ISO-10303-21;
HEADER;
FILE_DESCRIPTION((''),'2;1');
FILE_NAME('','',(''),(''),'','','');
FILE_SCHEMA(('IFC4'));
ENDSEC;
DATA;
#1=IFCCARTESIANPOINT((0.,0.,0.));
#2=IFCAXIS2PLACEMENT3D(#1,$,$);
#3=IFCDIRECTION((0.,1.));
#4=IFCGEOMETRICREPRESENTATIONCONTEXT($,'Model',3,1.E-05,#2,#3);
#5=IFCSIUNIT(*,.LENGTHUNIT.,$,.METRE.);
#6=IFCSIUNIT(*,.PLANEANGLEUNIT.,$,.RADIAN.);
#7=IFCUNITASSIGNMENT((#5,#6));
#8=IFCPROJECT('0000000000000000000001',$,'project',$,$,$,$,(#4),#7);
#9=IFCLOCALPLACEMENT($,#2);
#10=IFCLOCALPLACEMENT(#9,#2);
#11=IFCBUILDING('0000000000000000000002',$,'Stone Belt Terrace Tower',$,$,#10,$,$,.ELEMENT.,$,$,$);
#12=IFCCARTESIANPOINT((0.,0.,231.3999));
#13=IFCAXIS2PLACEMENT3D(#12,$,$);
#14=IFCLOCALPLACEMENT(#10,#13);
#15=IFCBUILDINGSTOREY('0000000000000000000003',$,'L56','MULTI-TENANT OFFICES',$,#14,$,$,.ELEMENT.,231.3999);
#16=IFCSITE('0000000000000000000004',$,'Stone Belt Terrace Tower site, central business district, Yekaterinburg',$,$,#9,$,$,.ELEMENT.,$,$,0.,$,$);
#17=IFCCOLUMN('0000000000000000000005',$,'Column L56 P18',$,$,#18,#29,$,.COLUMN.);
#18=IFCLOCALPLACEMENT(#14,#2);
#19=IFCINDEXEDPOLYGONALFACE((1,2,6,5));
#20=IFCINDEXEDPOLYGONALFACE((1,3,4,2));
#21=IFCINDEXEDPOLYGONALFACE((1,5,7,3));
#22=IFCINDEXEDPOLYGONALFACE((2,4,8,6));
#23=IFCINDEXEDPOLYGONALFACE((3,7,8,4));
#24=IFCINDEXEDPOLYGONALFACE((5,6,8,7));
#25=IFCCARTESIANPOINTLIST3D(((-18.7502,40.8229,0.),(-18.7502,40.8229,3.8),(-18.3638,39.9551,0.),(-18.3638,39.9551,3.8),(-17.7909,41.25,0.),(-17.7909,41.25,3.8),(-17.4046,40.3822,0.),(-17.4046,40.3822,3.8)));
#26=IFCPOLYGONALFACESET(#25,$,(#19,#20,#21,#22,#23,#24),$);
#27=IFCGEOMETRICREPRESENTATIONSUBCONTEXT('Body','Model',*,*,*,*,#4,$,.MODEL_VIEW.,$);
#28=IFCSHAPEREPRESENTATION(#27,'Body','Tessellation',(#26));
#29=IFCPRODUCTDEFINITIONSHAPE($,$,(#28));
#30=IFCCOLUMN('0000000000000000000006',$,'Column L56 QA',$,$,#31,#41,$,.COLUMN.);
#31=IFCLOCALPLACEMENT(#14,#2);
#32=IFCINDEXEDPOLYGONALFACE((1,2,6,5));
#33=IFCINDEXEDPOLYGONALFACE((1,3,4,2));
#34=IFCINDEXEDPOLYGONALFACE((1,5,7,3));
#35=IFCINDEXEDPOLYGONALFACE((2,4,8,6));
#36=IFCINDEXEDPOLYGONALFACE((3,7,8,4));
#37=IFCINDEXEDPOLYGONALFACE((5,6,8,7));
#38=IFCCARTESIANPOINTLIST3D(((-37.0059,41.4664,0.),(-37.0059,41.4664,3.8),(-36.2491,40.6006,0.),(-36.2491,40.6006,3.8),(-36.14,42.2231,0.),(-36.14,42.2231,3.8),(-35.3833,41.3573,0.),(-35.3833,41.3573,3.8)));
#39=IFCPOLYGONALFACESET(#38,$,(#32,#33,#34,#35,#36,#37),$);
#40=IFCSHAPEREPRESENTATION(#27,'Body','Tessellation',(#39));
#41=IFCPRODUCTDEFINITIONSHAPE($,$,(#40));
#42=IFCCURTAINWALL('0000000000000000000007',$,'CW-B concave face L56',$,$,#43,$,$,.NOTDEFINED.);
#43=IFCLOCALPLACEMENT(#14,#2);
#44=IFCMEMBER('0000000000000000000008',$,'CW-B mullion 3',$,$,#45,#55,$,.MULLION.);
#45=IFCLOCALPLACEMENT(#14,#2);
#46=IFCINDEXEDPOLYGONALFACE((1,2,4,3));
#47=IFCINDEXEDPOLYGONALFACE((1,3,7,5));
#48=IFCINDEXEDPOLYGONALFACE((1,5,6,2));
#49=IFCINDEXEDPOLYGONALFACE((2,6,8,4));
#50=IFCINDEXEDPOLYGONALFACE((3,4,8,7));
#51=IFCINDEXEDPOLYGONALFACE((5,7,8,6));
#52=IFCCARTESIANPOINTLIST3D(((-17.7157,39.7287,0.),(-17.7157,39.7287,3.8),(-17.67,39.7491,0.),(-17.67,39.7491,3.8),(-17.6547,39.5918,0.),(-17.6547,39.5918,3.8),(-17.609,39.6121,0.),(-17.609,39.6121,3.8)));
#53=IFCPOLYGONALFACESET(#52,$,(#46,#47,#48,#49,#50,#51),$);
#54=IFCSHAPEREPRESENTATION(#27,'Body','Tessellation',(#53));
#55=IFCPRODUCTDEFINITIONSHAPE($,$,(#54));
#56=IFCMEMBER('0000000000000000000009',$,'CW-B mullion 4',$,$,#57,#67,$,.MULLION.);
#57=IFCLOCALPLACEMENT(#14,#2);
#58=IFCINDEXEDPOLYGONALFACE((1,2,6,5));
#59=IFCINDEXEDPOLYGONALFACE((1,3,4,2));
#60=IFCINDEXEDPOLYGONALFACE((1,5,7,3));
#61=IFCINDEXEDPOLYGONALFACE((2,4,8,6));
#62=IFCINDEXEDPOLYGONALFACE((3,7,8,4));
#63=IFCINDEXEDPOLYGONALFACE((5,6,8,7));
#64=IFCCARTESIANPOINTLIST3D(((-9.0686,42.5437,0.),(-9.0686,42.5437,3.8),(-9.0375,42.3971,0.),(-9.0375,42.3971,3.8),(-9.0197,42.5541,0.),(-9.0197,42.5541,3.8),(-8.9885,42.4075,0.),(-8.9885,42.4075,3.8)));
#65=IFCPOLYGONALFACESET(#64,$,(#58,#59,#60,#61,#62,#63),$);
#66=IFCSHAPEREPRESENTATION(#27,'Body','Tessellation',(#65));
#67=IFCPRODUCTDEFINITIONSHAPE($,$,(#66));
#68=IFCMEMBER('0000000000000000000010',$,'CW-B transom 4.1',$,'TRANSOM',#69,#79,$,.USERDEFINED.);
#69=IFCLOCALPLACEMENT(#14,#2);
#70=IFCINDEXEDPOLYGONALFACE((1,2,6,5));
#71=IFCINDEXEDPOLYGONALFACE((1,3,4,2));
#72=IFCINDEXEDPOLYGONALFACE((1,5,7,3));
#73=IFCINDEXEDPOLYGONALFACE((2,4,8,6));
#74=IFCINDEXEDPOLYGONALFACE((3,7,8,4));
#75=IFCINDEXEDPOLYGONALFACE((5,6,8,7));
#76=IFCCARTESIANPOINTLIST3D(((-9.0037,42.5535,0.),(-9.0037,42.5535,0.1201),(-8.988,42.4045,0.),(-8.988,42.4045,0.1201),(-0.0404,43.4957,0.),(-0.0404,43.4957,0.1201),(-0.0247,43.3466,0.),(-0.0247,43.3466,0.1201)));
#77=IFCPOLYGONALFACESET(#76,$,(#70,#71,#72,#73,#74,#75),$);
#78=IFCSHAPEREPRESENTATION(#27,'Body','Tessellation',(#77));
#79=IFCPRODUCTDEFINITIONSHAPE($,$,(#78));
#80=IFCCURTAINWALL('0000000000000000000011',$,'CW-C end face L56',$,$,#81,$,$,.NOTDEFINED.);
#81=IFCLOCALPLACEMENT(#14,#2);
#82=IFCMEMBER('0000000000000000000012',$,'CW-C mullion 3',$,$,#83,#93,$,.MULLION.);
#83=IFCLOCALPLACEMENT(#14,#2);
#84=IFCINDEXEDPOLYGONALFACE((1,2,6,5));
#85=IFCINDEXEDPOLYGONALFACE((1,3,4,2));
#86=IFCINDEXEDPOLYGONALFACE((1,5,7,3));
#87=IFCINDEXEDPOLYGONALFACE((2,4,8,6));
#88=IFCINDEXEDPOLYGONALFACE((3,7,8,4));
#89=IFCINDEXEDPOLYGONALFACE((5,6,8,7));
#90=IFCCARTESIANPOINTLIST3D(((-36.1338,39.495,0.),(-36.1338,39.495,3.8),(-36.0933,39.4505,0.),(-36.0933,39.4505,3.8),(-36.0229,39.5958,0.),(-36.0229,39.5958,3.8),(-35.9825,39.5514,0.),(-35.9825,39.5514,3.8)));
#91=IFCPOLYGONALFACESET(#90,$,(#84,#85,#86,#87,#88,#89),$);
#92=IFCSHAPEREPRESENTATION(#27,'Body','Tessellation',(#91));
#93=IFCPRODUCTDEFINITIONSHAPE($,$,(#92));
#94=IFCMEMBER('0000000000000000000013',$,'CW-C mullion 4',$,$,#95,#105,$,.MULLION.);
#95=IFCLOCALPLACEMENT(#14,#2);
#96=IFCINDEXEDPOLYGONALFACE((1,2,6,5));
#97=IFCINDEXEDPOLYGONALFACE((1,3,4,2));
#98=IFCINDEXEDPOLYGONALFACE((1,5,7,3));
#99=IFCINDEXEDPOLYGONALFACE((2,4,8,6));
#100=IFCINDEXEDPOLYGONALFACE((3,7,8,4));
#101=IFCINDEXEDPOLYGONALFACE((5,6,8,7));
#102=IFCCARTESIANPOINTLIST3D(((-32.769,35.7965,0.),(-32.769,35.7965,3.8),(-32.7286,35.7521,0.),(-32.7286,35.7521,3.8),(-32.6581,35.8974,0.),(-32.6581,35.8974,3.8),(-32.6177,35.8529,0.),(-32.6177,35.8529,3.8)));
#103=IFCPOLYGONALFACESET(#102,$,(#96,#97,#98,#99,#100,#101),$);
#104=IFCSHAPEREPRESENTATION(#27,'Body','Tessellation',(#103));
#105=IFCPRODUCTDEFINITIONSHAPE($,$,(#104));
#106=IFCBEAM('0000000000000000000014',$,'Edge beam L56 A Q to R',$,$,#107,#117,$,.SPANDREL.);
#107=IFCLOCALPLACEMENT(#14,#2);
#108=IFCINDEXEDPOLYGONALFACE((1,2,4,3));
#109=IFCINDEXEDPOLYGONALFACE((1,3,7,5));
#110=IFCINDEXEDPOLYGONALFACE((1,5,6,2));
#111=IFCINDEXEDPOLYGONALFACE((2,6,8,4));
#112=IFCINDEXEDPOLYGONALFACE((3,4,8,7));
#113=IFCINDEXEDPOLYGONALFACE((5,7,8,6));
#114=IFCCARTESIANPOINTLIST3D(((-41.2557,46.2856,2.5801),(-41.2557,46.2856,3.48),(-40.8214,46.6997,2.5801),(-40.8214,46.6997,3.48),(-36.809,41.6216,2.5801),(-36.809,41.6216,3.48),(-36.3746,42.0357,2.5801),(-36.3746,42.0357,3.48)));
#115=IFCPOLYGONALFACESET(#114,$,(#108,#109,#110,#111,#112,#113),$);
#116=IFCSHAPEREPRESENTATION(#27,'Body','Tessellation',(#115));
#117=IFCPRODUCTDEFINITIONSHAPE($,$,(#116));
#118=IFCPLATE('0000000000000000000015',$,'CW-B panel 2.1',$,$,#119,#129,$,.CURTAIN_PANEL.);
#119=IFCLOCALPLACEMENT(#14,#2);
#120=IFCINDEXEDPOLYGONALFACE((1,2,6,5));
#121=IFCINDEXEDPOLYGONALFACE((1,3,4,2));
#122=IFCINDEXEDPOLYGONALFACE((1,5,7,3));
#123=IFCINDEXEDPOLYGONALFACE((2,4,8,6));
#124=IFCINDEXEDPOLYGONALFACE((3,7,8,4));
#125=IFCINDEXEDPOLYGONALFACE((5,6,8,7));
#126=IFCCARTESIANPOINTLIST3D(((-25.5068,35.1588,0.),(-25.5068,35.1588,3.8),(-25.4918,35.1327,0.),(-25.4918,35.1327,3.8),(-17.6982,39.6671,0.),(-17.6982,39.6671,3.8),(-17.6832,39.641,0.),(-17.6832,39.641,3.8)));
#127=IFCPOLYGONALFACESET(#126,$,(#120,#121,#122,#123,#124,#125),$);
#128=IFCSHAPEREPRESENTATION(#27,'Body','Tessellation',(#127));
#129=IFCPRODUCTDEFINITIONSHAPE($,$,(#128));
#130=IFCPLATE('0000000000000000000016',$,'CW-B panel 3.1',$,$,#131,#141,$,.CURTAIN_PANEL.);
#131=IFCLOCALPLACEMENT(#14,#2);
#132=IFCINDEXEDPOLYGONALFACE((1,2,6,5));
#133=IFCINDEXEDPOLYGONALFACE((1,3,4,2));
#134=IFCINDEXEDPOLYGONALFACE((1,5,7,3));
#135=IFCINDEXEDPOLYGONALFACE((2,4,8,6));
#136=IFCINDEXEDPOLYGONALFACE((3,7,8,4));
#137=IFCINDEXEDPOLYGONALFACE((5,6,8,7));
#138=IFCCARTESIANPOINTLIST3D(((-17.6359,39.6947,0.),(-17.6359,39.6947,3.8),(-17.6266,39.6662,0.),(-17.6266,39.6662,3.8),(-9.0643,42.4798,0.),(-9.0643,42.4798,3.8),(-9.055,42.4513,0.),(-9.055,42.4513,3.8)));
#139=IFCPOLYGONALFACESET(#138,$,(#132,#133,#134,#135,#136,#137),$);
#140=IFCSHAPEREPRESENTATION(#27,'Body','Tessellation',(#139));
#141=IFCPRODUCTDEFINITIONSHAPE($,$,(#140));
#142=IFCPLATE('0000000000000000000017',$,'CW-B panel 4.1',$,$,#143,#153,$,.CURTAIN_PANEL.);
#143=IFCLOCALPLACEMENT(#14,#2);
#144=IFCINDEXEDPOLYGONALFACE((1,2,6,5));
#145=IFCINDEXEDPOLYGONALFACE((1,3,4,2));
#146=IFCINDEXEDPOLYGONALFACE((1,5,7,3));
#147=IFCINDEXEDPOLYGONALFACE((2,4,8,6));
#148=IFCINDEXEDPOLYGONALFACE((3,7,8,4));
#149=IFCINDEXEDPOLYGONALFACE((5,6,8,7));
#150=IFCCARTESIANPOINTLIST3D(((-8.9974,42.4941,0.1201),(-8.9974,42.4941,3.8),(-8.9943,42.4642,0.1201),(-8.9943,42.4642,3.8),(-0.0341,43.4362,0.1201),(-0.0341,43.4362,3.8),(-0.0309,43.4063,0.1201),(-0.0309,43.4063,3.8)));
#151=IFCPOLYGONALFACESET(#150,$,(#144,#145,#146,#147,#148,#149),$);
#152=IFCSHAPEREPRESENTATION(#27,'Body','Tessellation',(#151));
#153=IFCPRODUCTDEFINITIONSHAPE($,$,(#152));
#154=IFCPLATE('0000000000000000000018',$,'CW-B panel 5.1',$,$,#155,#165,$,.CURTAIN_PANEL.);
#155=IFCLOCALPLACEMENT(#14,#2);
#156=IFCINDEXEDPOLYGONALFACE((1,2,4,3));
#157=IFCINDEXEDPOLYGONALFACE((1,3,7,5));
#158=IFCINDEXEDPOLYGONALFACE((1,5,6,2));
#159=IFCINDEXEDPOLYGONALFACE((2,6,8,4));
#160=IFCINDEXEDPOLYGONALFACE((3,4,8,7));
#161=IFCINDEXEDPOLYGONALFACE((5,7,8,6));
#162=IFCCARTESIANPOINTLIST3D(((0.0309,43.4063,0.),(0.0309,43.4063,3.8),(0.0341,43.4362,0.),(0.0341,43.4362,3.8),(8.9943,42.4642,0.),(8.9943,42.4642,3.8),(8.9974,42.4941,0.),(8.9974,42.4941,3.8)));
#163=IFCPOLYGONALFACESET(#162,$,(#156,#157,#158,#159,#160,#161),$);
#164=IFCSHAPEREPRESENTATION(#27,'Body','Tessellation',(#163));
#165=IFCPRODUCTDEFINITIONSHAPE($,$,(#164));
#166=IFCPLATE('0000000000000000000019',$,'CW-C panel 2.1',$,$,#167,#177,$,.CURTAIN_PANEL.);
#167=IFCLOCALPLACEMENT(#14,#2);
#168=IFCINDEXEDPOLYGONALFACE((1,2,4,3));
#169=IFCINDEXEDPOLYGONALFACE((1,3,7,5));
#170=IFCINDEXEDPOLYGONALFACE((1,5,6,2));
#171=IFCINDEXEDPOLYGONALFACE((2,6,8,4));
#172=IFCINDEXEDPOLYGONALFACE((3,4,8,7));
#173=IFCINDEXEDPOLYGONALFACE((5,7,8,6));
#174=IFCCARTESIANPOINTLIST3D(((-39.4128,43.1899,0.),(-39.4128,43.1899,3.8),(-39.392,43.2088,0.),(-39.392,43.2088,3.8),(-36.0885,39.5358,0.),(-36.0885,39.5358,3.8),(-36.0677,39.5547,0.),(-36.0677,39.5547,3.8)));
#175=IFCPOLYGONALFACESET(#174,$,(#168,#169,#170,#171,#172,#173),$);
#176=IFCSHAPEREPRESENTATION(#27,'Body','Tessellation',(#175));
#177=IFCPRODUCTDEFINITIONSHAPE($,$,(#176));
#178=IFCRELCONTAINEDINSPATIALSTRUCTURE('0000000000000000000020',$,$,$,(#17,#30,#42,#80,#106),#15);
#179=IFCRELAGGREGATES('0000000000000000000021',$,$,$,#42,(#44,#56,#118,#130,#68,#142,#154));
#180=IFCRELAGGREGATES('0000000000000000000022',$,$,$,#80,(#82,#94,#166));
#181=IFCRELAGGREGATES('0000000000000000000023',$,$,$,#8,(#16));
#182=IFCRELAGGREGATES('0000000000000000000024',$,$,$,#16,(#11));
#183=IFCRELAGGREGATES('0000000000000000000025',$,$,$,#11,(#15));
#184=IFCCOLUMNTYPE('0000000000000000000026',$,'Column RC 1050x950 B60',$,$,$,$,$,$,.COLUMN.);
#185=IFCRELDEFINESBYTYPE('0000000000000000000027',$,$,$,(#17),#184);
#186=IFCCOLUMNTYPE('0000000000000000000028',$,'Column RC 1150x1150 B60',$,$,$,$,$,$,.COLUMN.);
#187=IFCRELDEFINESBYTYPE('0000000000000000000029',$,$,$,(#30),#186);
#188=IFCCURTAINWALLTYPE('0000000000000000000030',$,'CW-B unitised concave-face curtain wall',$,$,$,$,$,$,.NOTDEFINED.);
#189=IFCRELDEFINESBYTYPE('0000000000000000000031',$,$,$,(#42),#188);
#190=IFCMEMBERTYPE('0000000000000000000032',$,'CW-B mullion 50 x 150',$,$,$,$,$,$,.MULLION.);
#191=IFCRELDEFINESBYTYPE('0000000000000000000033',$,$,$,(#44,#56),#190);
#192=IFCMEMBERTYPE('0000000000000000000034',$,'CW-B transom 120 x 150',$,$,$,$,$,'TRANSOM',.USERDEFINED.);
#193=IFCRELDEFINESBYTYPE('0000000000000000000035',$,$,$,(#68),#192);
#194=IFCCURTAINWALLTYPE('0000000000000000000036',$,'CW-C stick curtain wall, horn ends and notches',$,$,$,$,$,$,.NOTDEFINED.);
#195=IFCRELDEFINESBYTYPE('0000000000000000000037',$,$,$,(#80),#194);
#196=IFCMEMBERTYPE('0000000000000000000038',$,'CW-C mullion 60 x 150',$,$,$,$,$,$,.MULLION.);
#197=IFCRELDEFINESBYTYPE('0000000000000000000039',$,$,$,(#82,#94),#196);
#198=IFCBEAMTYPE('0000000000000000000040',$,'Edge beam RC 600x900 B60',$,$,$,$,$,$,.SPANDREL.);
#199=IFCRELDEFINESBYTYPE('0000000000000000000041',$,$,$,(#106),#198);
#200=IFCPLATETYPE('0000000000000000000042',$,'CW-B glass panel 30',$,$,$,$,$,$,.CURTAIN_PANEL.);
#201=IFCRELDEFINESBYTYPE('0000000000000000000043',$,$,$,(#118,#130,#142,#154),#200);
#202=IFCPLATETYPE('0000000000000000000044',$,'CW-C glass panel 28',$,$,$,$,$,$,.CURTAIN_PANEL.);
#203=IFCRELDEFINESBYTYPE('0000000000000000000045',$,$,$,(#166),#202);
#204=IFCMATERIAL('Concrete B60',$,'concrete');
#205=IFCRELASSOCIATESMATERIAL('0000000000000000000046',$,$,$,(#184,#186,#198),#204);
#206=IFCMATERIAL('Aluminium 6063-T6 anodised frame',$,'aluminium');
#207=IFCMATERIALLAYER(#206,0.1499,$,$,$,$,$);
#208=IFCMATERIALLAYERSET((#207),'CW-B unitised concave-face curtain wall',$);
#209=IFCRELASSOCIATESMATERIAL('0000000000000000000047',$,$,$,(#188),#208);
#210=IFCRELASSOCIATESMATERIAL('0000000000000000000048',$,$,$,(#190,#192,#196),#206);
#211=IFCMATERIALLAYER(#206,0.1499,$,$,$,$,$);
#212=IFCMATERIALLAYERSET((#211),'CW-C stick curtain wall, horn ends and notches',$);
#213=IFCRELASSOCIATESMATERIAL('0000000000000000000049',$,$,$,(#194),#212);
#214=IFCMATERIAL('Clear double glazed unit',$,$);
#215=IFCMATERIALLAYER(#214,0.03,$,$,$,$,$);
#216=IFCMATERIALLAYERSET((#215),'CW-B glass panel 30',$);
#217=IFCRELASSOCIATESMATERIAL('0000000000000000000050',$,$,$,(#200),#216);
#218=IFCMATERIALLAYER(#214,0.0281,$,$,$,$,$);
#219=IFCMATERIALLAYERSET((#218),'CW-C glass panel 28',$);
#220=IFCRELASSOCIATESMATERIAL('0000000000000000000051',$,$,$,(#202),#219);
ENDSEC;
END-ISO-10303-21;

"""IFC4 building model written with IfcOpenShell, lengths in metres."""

from ifc_helpers import new_model, si_unit, direction, frame, origin, origin_2d, place, context, subcontext, project, spatial, rectangle, extrude, material, layer, layer_set, material_profile, profile_set, type_object, element, aggregate, save


model = new_model("IFC4")

# Units and contexts
model_context = context("Model", 3, precision=1e-05, world=origin(), true_north=direction((0.0, 1.0)))
body_context = subcontext(model_context, "Body", "Model", "MODEL_VIEW")
ifc_project = project(units=[si_unit("LENGTHUNIT", "METRE"), si_unit("PLANEANGLEUNIT", "RADIAN")], contexts=[model_context])

# Site, building, storey
site_placement = place(None, origin())
site = spatial("IfcSite", under=ifc_project, at=site_placement, Name="Stone Belt Terrace Tower site, central business district, Yekaterinburg", CompositionType="ELEMENT", RefElevation=0.0)
building_placement = place(site_placement, origin())
building = spatial("IfcBuilding", under=site, at=building_placement, Name="Stone Belt Terrace Tower", CompositionType="ELEMENT")
storey_placement = place(building_placement, frame((0.0, 0.0, 231.3999)))
storey = spatial("IfcBuildingStorey", under=building, at=storey_placement, Name="L56", Description="MULTI-TENANT OFFICES", CompositionType="ELEMENT", Elevation=231.3999)

# Columns
ifc_material_1 = material(Name="Concrete B60", Category="concrete")
ifc_material_profile_1 = material_profile(ifc_material_1, rectangle(XDim=1.05, YDim=0.95, at=origin_2d()), Name="RC 1050x950")
ifc_profile_set_1 = profile_set([ifc_material_profile_1], Name="Concrete B60")
column_type_1 = type_object("IfcColumnType", Name="Column RC 1050x950 B60", PredefinedType="COLUMN", material=ifc_profile_set_1)
column_1_placement = place(storey_placement, frame((-18.0774, 40.6025, 0.0), z_axis=(0.0, 0.0, 1.0), x_axis=(0.913545, 0.406737, 0.0)))
element("IfcColumn", 1, at=column_1_placement, inside=storey, type_object=column_type_1, Name="Column L56 P18", PredefinedType="COLUMN", context=body_context, shape_type="SweptSolid", body=[
    extrude(rectangle(XDim=1.05, YDim=0.95, at=origin_2d()), origin(), (0.0, 0.0, 1.0), 3.8),
])
ifc_material_profile_2 = material_profile(ifc_material_1, rectangle(XDim=1.1499, YDim=1.1499, at=origin_2d()), Name="RC 1150x1150")
ifc_profile_set_2 = profile_set([ifc_material_profile_2], Name="Concrete B60")
column_type_2 = type_object("IfcColumnType", Name="Column RC 1150x1150 B60", PredefinedType="COLUMN", material=ifc_profile_set_2)
column_2_placement = place(storey_placement, frame((-36.1946, 41.4119, 0.0), z_axis=(0.0, 0.0, 1.0), x_axis=(0.752943, 0.658085, 0.0)))
element("IfcColumn", 2, at=column_2_placement, inside=storey, type_object=column_type_2, Name="Column L56 QA", PredefinedType="COLUMN", context=body_context, shape_type="SweptSolid", body=[
    extrude(rectangle(XDim=1.1499, YDim=1.1499, at=origin_2d()), origin(), (0.0, 0.0, 1.0), 3.8),
])

# Curtain walls, members
ifc_material_2 = material(Name="Aluminium 6063-T6 anodised frame", Category="aluminium")
ifc_layer_1 = layer(ifc_material_2, 0.1499)
ifc_layer_set_1 = layer_set([ifc_layer_1], Name="CW-B unitised concave-face curtain wall")
curtain_wall_type_1 = type_object("IfcCurtainWallType", Name="CW-B unitised concave-face curtain wall", PredefinedType="NOTDEFINED", material=ifc_layer_set_1)
curtain_wall_1_placement = place(storey_placement, origin())
curtain_wall_1 = element("IfcCurtainWall", 3, at=curtain_wall_1_placement, inside=storey, type_object=curtain_wall_type_1, Name="CW-B concave face L56", PredefinedType="NOTDEFINED")
ifc_material_profile_3 = material_profile(ifc_material_2, rectangle(XDim=0.1499, YDim=0.05, at=origin_2d()), Name="Aluminium 6063-T6 50x150")
ifc_profile_set_3 = profile_set([ifc_material_profile_3], Name="Aluminium 6063-T6 anodised frame")
member_type_1 = type_object("IfcMemberType", Name="CW-B mullion 50 x 150", PredefinedType="MULLION", material=ifc_profile_set_3)
member_1_placement = place(storey_placement, frame((-17.6624, 39.6704, 0.0), z_axis=(0.0, 0.0, 1.0), x_axis=(-0.406737, 0.913545, 0.0)))
member_1 = element("IfcMember", 4, at=member_1_placement, type_object=member_type_1, Name="CW-B mullion 3", PredefinedType="MULLION", context=body_context, shape_type="SweptSolid", body=[
    extrude(rectangle(XDim=0.1499, YDim=0.05, at=origin_2d()), origin(), (0.0, 0.0, 1.0), 3.8),
])
member_2_placement = place(storey_placement, frame((-9.0286, 42.4756, 0.0), z_axis=(0.0, 0.0, 1.0), x_axis=(-0.207912, 0.978148, 0.0)))
member_2 = element("IfcMember", 5, at=member_2_placement, type_object=member_type_1, Name="CW-B mullion 4", PredefinedType="MULLION", context=body_context, shape_type="SweptSolid", body=[
    extrude(rectangle(XDim=0.1499, YDim=0.05, at=origin_2d()), origin(), (0.0, 0.0, 1.0), 3.8),
])
ifc_material_profile_4 = material_profile(ifc_material_2, rectangle(XDim=0.1499, YDim=0.1201, at=origin_2d()), Name="Aluminium 6063-T6 150x120")
ifc_profile_set_4 = profile_set([ifc_material_profile_4], Name="Aluminium 6063-T6 anodised frame")
member_type_2 = type_object("IfcMemberType", Name="CW-B transom 120 x 150", ElementType="TRANSOM", PredefinedType="USERDEFINED", material=ifc_profile_set_4)
member_3_placement = place(storey_placement, frame((-8.9958, 42.479, 0.0601), z_axis=(0.994521, 0.104534, 0.0), x_axis=(-0.104534, 0.994521, 0.0)))
member_3 = element("IfcMember", 6, at=member_3_placement, type_object=member_type_2, Name="CW-B transom 4.1", ObjectType="TRANSOM", PredefinedType="USERDEFINED", context=body_context, shape_type="SweptSolid", body=[
    extrude(rectangle(XDim=0.1499, YDim=0.1201, at=origin_2d()), origin(), (0.0, 0.0, 1.0), 9.0127),
])
ifc_layer_2 = layer(ifc_material_2, 0.1499)
ifc_layer_set_2 = layer_set([ifc_layer_2], Name="CW-C stick curtain wall, horn ends and notches")
curtain_wall_type_2 = type_object("IfcCurtainWallType", Name="CW-C stick curtain wall, horn ends and notches", PredefinedType="NOTDEFINED", material=ifc_layer_set_2)
curtain_wall_2_placement = place(storey_placement, origin())
curtain_wall_2 = element("IfcCurtainWall", 7, at=curtain_wall_2_placement, inside=storey, type_object=curtain_wall_type_2, Name="CW-C end face L56", PredefinedType="NOTDEFINED")
ifc_material_profile_5 = material_profile(ifc_material_2, rectangle(XDim=0.1499, YDim=0.0601, at=origin_2d()), Name="Aluminium 6063-T6 60x150")
ifc_profile_set_5 = profile_set([ifc_material_profile_5], Name="Aluminium 6063-T6 anodised frame")
member_type_3 = type_object("IfcMemberType", Name="CW-C mullion 60 x 150", PredefinedType="MULLION", material=ifc_profile_set_5)
member_4_placement = place(storey_placement, frame((-36.0581, 39.5232, 0.0), z_axis=(0.0, 0.0, 1.0), x_axis=(0.739693, 0.672944, 0.0)))
member_4 = element("IfcMember", 8, at=member_4_placement, type_object=member_type_3, Name="CW-C mullion 3", PredefinedType="MULLION", context=body_context, shape_type="SweptSolid", body=[
    extrude(rectangle(XDim=0.1499, YDim=0.0601, at=origin_2d()), origin(), (0.0, 0.0, 1.0), 3.8),
])
member_5_placement = place(storey_placement, frame((-32.6934, 35.8247, 0.0), z_axis=(0.0, 0.0, 1.0), x_axis=(0.739693, 0.672944, 0.0)))
member_5 = element("IfcMember", 9, at=member_5_placement, type_object=member_type_3, Name="CW-C mullion 4", PredefinedType="MULLION", context=body_context, shape_type="SweptSolid", body=[
    extrude(rectangle(XDim=0.1499, YDim=0.0601, at=origin_2d()), origin(), (0.0, 0.0, 1.0), 3.8),
])

# Beam
ifc_material_profile_6 = material_profile(ifc_material_1, rectangle(XDim=0.6001, YDim=0.8999, at=origin_2d()), Name="RC 600x900")
ifc_profile_set_6 = profile_set([ifc_material_profile_6], Name="Concrete B60")
beam_type = type_object("IfcBeamType", Name="Edge beam RC 600x900 B60", PredefinedType="SPANDREL", material=ifc_profile_set_6)
beam_placement = place(storey_placement, frame((-36.5918, 41.8286, 3.03), z_axis=(-0.690047, 0.723765, 0.0), x_axis=(-0.723765, -0.690047, 0.0)))
element("IfcBeam", 10, at=beam_placement, inside=storey, type_object=beam_type, Name="Edge beam L56 A Q to R", PredefinedType="SPANDREL", context=body_context, shape_type="SweptSolid", body=[
    extrude(rectangle(XDim=0.6001, YDim=0.8999, at=origin_2d()), origin(), (0.0, 0.0, 1.0), 6.4441),
])

# Plates
ifc_material_3 = material(Name="Clear double glazed unit")
ifc_layer_3 = layer(ifc_material_3, 0.03)
ifc_layer_set_3 = layer_set([ifc_layer_3], Name="CW-B glass panel 30")
plate_type_1 = type_object("IfcPlateType", Name="CW-B glass panel 30", PredefinedType="CURTAIN_PANEL", material=ifc_layer_set_3)
plate_1_placement = place(storey_placement, frame((-21.595, 37.3999, 0.0), z_axis=(0.0, 0.0, 1.0), x_axis=(0.866025, 0.5, 0.0)))
plate_1 = element("IfcPlate", 11, at=plate_1_placement, type_object=plate_type_1, Name="CW-B panel 2.1", PredefinedType="CURTAIN_PANEL", context=body_context, shape_type="SweptSolid", body=[
    extrude(rectangle(XDim=9.0166, YDim=0.03, at=origin_2d()), origin(), (0.0, 0.0, 1.0), 3.8),
])
plate_2_placement = place(storey_placement, frame((-13.3455, 41.073, 0.0), z_axis=(0.0, 0.0, 1.0), x_axis=(0.951057, 0.309017, 0.0)))
plate_2 = element("IfcPlate", 12, at=plate_2_placement, type_object=plate_type_1, Name="CW-B panel 3.1", PredefinedType="CURTAIN_PANEL", context=body_context, shape_type="SweptSolid", body=[
    extrude(rectangle(XDim=9.0127, YDim=0.03, at=origin_2d()), origin(), (0.0, 0.0, 1.0), 3.8),
])
plate_3_placement = place(storey_placement, frame((-4.5142, 42.9502, 0.1201), z_axis=(0.0, 0.0, 1.0), x_axis=(0.994522, 0.104528, 0.0)))
plate_3 = element("IfcPlate", 13, at=plate_3_placement, type_object=plate_type_1, Name="CW-B panel 4.1", PredefinedType="CURTAIN_PANEL", context=body_context, shape_type="SweptSolid", body=[
    extrude(rectangle(XDim=9.0127, YDim=0.03, at=origin_2d()), origin(), (0.0, 0.0, 1.0), 3.6799),
])
plate_4_placement = place(storey_placement, frame((4.5142, 42.9502, 0.0), z_axis=(0.0, 0.0, 1.0), x_axis=(0.994522, -0.104528, 0.0)))
plate_4 = element("IfcPlate", 14, at=plate_4_placement, type_object=plate_type_1, Name="CW-B panel 5.1", PredefinedType="CURTAIN_PANEL", context=body_context, shape_type="SweptSolid", body=[
    extrude(rectangle(XDim=9.0127, YDim=0.03, at=origin_2d()), origin(), (0.0, 0.0, 1.0), 3.8),
])
aggregate(curtain_wall_1, [member_1, member_2, plate_1, plate_2, member_3, plate_3, plate_4])
ifc_layer_4 = layer(ifc_material_3, 0.0281)
ifc_layer_set_4 = layer_set([ifc_layer_4], Name="CW-C glass panel 28")
plate_type_2 = type_object("IfcPlateType", Name="CW-C glass panel 28", PredefinedType="CURTAIN_PANEL", material=ifc_layer_set_4)
plate_5_placement = place(storey_placement, frame((-37.7402, 41.3723, 0.0), z_axis=(0.0, 0.0, 1.0), x_axis=(0.672944, -0.739693, 0.0)))
plate_5 = element("IfcPlate", 15, at=plate_5_placement, type_object=plate_type_2, Name="CW-C panel 2.1", PredefinedType="CURTAIN_PANEL", context=body_context, shape_type="SweptSolid", body=[
    extrude(rectangle(XDim=4.9399, YDim=0.0281, at=origin_2d()), origin(), (0.0, 0.0, 1.0), 3.8),
])
aggregate(curtain_wall_2, [member_4, member_5, plate_5])

save(model, "model.ifc")
